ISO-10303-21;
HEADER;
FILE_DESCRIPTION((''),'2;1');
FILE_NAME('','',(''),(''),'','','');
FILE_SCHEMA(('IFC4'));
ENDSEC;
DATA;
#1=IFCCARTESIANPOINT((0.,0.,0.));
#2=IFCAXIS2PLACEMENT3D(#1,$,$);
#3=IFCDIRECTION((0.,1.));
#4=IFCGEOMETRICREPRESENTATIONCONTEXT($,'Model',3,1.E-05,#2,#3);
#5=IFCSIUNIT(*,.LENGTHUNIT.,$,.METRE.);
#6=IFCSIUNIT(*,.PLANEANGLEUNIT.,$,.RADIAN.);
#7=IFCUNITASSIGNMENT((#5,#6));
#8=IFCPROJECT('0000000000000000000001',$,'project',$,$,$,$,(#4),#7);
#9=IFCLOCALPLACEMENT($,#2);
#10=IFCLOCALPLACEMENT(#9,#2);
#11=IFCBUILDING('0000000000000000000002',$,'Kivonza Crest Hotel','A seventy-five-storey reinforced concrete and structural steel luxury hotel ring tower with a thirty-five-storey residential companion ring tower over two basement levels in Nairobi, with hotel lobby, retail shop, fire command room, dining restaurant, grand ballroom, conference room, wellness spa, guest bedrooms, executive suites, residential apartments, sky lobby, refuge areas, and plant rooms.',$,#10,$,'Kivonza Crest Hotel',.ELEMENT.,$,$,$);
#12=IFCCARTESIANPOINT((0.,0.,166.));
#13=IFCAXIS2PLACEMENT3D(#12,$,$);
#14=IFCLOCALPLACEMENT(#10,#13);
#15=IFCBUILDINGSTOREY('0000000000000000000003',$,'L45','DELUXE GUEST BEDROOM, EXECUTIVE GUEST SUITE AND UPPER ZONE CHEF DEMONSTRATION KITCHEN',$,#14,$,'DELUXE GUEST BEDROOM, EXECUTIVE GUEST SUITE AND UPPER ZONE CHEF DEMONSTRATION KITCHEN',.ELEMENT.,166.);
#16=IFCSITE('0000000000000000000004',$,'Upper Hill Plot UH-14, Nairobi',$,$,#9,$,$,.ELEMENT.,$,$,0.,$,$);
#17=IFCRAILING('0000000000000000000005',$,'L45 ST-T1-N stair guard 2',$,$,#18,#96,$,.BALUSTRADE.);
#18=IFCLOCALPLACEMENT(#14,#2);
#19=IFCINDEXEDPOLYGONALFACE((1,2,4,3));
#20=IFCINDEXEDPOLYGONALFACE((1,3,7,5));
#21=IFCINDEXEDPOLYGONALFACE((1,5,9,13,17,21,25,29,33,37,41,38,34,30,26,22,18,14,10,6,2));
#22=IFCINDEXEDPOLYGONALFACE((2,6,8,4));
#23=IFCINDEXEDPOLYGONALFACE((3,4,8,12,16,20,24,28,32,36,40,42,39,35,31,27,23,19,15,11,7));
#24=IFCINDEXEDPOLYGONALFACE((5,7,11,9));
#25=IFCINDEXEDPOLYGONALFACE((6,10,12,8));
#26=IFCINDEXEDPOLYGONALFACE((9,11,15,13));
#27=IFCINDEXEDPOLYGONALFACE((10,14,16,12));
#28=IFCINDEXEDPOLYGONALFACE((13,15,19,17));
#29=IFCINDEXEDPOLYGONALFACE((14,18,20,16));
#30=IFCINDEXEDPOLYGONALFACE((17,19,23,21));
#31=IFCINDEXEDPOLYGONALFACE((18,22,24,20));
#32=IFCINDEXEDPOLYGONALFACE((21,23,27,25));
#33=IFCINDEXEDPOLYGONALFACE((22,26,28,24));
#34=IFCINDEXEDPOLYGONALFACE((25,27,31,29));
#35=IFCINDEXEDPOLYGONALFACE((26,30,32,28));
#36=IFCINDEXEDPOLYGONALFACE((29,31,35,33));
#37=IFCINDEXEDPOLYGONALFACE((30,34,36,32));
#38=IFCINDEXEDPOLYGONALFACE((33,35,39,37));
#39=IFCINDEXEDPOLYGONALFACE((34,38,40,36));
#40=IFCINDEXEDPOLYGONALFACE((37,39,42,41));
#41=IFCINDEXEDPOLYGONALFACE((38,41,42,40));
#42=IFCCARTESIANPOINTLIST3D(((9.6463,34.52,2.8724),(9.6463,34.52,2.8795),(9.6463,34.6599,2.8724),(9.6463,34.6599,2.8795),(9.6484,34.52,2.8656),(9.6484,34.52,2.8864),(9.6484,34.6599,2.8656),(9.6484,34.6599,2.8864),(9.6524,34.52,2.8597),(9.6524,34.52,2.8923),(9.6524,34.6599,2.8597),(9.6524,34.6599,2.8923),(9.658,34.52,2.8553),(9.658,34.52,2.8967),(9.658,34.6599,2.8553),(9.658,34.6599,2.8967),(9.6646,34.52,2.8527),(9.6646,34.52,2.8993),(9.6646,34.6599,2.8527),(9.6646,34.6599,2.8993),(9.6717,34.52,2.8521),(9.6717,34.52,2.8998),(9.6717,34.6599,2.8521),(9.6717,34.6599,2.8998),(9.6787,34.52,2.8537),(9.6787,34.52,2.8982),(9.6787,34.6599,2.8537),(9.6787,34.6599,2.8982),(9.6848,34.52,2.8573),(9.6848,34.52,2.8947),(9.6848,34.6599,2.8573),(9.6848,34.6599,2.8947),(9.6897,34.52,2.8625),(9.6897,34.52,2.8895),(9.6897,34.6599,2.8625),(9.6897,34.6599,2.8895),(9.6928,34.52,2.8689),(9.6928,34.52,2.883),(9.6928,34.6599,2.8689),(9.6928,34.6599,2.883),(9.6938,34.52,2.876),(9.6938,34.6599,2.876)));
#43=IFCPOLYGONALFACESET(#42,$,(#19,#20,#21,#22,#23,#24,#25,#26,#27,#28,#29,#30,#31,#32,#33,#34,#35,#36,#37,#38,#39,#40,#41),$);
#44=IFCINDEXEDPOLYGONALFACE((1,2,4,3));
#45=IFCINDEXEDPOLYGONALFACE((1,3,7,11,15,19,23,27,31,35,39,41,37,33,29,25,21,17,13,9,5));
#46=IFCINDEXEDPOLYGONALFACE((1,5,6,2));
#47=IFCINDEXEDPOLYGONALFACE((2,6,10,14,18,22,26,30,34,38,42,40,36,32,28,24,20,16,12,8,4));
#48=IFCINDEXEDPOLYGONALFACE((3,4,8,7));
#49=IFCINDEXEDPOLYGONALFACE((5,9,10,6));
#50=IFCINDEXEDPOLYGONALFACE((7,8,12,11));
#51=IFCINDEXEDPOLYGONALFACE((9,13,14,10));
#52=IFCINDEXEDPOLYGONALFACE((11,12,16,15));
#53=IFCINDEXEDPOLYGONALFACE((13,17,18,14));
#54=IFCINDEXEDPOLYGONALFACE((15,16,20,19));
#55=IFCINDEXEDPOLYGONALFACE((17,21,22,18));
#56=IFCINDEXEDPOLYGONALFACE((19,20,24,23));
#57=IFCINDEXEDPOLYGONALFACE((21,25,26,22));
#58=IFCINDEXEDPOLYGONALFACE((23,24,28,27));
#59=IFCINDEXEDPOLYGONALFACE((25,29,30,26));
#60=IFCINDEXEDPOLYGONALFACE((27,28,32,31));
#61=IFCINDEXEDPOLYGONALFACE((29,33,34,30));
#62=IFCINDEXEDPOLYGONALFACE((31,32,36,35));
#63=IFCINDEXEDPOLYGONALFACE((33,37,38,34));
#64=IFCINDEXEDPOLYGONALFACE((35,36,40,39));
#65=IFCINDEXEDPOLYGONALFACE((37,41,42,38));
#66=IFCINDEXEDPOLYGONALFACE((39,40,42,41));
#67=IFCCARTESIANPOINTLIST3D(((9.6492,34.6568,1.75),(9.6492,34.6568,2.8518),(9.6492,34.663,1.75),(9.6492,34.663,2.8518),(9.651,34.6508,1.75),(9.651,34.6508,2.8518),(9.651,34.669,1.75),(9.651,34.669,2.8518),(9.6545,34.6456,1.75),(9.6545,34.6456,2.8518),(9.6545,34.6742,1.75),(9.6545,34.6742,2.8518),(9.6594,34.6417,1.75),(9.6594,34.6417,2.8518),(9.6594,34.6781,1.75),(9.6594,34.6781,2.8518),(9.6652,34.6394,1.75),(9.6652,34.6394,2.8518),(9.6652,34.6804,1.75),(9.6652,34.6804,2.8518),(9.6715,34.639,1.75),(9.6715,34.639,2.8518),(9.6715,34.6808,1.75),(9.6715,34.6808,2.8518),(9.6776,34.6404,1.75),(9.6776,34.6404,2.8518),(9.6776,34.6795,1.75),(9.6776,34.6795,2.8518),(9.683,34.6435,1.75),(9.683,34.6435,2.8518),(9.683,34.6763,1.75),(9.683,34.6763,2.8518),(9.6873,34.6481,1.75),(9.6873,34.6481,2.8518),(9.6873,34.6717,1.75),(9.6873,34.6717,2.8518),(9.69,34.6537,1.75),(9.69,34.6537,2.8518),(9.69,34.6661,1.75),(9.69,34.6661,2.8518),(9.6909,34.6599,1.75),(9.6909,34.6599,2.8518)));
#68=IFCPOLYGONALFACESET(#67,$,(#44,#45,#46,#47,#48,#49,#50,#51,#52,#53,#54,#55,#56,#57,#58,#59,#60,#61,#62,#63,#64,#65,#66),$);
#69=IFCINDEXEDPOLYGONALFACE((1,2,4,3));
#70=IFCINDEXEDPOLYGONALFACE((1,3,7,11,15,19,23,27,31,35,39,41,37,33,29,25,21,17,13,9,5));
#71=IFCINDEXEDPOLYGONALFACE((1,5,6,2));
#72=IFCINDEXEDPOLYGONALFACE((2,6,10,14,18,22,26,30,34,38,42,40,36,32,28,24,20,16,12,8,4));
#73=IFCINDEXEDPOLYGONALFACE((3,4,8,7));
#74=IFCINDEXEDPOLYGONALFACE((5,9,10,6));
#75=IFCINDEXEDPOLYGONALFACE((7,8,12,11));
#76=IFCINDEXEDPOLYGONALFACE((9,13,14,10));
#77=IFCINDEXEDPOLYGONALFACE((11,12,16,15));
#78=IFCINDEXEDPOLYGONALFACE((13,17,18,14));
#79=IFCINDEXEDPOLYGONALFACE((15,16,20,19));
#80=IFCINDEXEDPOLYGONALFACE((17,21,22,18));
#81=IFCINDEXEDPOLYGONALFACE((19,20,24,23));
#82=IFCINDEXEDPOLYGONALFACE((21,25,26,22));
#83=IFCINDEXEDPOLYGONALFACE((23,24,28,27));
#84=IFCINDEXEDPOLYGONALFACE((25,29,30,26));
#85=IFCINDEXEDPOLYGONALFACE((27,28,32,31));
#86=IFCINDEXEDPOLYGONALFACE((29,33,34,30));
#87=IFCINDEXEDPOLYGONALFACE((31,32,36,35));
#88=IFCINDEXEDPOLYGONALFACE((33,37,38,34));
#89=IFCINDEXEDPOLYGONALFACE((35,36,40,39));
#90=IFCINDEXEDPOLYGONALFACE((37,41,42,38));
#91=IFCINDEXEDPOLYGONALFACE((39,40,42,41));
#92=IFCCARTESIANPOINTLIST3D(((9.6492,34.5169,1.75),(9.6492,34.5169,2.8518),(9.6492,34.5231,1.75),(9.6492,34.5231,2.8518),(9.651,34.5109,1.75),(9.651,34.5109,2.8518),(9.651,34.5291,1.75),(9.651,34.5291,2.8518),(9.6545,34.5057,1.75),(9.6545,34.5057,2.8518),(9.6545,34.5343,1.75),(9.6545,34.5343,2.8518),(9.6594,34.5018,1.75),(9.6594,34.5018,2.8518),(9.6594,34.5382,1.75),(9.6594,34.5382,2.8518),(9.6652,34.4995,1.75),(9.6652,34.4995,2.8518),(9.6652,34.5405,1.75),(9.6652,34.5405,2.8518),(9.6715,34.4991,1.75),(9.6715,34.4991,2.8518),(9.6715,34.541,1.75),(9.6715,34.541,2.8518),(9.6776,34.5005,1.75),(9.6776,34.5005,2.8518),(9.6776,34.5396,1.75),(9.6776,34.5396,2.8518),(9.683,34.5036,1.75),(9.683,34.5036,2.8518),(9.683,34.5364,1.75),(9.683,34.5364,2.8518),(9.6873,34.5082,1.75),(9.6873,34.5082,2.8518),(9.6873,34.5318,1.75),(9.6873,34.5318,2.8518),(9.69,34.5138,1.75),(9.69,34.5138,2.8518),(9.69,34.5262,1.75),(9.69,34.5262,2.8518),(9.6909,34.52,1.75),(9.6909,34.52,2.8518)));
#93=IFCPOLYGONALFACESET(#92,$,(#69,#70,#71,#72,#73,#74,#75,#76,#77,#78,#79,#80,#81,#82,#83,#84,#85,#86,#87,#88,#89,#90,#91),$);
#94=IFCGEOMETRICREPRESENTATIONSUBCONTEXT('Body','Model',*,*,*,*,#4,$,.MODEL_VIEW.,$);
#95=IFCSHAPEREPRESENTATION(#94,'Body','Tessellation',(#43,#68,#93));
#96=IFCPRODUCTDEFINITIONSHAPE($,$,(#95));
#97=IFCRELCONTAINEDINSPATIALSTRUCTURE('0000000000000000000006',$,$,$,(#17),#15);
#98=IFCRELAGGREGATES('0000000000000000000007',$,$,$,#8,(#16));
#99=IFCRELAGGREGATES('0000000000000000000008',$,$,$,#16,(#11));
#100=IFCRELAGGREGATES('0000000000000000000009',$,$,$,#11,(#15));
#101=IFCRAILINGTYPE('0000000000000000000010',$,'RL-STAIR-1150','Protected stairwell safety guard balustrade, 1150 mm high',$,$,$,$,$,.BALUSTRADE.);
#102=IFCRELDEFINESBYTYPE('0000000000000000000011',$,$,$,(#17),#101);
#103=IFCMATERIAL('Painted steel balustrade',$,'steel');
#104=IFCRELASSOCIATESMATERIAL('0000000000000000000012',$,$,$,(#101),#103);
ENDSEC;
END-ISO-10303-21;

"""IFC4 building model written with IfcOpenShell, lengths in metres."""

from ifc_helpers import new_model, si_unit, direction, frame, origin, origin_2d, place, context, subcontext, project, spatial, circle, extrude, material, type_object, element, save


model = new_model("IFC4")

# Units and contexts
model_context = context("Model", 3, precision=1e-05, world=origin(), true_north=direction((0.0, 1.0)))
body_context = subcontext(model_context, "Body", "Model", "MODEL_VIEW")
ifc_project = project(units=[si_unit("LENGTHUNIT", "METRE"), si_unit("PLANEANGLEUNIT", "RADIAN")], contexts=[model_context])

# Site, building, storey
site_placement = place(None, origin())
site = spatial("IfcSite", under=ifc_project, at=site_placement, Name="Upper Hill Plot UH-14, Nairobi", CompositionType="ELEMENT", RefElevation=0.0)
building_placement = place(site_placement, origin())
building = spatial("IfcBuilding", under=site, at=building_placement, Name="Kivonza Crest Hotel", Description="A seventy-five-storey reinforced concrete and structural steel luxury hotel ring tower with a thirty-five-storey residential companion ring tower over two basement levels in Nairobi, with hotel lobby, retail shop, fire command room, dining restaurant, grand ballroom, conference room, wellness spa, guest bedrooms, executive suites, residential apartments, sky lobby, refuge areas, and plant rooms.", LongName="Kivonza Crest Hotel", CompositionType="ELEMENT")
storey_placement = place(building_placement, frame((0.0, 0.0, 166.0)))
storey = spatial("IfcBuildingStorey", under=building, at=storey_placement, Name="L45", Description="DELUXE GUEST BEDROOM, EXECUTIVE GUEST SUITE AND UPPER ZONE CHEF DEMONSTRATION KITCHEN", LongName="DELUXE GUEST BEDROOM, EXECUTIVE GUEST SUITE AND UPPER ZONE CHEF DEMONSTRATION KITCHEN", CompositionType="ELEMENT", Elevation=166.0)

# Railing
ifc_material_1 = material(Name="Painted steel balustrade", Category="steel")
railing_type_1 = type_object("IfcRailingType", Name="RL-STAIR-1150", Description="Protected stairwell safety guard balustrade, 1150 mm high", PredefinedType="BALUSTRADE", material=ifc_material_1)
railing_1_placement = place(storey_placement, frame((9.6699, 34.6599, 1.75)))
element("IfcRailing", 1, at=railing_1_placement, inside=storey, type_object=railing_type_1, Name="L45 ST-T1-N stair guard 2", PredefinedType="BALUSTRADE", context=body_context, shape_type="SweptSolid", body=[
    extrude(circle(Radius=0.0239, at=origin_2d()), frame((0.0, 0.0, 1.126), z_axis=(0.0, -1.0, 0.0), x_axis=(1.0, 0.0, 0.0)), (0.0, 0.0, 1.0), 0.1399),
    extrude(circle(Radius=0.021, at=origin_2d()), origin(), (0.0, 0.0, 1.0), 1.1018),
    extrude(circle(Radius=0.021, at=origin_2d()), frame((0.0, -0.1399, 0.0)), (0.0, 0.0, 1.0), 1.1018),
])

save(model, "model.ifc")
